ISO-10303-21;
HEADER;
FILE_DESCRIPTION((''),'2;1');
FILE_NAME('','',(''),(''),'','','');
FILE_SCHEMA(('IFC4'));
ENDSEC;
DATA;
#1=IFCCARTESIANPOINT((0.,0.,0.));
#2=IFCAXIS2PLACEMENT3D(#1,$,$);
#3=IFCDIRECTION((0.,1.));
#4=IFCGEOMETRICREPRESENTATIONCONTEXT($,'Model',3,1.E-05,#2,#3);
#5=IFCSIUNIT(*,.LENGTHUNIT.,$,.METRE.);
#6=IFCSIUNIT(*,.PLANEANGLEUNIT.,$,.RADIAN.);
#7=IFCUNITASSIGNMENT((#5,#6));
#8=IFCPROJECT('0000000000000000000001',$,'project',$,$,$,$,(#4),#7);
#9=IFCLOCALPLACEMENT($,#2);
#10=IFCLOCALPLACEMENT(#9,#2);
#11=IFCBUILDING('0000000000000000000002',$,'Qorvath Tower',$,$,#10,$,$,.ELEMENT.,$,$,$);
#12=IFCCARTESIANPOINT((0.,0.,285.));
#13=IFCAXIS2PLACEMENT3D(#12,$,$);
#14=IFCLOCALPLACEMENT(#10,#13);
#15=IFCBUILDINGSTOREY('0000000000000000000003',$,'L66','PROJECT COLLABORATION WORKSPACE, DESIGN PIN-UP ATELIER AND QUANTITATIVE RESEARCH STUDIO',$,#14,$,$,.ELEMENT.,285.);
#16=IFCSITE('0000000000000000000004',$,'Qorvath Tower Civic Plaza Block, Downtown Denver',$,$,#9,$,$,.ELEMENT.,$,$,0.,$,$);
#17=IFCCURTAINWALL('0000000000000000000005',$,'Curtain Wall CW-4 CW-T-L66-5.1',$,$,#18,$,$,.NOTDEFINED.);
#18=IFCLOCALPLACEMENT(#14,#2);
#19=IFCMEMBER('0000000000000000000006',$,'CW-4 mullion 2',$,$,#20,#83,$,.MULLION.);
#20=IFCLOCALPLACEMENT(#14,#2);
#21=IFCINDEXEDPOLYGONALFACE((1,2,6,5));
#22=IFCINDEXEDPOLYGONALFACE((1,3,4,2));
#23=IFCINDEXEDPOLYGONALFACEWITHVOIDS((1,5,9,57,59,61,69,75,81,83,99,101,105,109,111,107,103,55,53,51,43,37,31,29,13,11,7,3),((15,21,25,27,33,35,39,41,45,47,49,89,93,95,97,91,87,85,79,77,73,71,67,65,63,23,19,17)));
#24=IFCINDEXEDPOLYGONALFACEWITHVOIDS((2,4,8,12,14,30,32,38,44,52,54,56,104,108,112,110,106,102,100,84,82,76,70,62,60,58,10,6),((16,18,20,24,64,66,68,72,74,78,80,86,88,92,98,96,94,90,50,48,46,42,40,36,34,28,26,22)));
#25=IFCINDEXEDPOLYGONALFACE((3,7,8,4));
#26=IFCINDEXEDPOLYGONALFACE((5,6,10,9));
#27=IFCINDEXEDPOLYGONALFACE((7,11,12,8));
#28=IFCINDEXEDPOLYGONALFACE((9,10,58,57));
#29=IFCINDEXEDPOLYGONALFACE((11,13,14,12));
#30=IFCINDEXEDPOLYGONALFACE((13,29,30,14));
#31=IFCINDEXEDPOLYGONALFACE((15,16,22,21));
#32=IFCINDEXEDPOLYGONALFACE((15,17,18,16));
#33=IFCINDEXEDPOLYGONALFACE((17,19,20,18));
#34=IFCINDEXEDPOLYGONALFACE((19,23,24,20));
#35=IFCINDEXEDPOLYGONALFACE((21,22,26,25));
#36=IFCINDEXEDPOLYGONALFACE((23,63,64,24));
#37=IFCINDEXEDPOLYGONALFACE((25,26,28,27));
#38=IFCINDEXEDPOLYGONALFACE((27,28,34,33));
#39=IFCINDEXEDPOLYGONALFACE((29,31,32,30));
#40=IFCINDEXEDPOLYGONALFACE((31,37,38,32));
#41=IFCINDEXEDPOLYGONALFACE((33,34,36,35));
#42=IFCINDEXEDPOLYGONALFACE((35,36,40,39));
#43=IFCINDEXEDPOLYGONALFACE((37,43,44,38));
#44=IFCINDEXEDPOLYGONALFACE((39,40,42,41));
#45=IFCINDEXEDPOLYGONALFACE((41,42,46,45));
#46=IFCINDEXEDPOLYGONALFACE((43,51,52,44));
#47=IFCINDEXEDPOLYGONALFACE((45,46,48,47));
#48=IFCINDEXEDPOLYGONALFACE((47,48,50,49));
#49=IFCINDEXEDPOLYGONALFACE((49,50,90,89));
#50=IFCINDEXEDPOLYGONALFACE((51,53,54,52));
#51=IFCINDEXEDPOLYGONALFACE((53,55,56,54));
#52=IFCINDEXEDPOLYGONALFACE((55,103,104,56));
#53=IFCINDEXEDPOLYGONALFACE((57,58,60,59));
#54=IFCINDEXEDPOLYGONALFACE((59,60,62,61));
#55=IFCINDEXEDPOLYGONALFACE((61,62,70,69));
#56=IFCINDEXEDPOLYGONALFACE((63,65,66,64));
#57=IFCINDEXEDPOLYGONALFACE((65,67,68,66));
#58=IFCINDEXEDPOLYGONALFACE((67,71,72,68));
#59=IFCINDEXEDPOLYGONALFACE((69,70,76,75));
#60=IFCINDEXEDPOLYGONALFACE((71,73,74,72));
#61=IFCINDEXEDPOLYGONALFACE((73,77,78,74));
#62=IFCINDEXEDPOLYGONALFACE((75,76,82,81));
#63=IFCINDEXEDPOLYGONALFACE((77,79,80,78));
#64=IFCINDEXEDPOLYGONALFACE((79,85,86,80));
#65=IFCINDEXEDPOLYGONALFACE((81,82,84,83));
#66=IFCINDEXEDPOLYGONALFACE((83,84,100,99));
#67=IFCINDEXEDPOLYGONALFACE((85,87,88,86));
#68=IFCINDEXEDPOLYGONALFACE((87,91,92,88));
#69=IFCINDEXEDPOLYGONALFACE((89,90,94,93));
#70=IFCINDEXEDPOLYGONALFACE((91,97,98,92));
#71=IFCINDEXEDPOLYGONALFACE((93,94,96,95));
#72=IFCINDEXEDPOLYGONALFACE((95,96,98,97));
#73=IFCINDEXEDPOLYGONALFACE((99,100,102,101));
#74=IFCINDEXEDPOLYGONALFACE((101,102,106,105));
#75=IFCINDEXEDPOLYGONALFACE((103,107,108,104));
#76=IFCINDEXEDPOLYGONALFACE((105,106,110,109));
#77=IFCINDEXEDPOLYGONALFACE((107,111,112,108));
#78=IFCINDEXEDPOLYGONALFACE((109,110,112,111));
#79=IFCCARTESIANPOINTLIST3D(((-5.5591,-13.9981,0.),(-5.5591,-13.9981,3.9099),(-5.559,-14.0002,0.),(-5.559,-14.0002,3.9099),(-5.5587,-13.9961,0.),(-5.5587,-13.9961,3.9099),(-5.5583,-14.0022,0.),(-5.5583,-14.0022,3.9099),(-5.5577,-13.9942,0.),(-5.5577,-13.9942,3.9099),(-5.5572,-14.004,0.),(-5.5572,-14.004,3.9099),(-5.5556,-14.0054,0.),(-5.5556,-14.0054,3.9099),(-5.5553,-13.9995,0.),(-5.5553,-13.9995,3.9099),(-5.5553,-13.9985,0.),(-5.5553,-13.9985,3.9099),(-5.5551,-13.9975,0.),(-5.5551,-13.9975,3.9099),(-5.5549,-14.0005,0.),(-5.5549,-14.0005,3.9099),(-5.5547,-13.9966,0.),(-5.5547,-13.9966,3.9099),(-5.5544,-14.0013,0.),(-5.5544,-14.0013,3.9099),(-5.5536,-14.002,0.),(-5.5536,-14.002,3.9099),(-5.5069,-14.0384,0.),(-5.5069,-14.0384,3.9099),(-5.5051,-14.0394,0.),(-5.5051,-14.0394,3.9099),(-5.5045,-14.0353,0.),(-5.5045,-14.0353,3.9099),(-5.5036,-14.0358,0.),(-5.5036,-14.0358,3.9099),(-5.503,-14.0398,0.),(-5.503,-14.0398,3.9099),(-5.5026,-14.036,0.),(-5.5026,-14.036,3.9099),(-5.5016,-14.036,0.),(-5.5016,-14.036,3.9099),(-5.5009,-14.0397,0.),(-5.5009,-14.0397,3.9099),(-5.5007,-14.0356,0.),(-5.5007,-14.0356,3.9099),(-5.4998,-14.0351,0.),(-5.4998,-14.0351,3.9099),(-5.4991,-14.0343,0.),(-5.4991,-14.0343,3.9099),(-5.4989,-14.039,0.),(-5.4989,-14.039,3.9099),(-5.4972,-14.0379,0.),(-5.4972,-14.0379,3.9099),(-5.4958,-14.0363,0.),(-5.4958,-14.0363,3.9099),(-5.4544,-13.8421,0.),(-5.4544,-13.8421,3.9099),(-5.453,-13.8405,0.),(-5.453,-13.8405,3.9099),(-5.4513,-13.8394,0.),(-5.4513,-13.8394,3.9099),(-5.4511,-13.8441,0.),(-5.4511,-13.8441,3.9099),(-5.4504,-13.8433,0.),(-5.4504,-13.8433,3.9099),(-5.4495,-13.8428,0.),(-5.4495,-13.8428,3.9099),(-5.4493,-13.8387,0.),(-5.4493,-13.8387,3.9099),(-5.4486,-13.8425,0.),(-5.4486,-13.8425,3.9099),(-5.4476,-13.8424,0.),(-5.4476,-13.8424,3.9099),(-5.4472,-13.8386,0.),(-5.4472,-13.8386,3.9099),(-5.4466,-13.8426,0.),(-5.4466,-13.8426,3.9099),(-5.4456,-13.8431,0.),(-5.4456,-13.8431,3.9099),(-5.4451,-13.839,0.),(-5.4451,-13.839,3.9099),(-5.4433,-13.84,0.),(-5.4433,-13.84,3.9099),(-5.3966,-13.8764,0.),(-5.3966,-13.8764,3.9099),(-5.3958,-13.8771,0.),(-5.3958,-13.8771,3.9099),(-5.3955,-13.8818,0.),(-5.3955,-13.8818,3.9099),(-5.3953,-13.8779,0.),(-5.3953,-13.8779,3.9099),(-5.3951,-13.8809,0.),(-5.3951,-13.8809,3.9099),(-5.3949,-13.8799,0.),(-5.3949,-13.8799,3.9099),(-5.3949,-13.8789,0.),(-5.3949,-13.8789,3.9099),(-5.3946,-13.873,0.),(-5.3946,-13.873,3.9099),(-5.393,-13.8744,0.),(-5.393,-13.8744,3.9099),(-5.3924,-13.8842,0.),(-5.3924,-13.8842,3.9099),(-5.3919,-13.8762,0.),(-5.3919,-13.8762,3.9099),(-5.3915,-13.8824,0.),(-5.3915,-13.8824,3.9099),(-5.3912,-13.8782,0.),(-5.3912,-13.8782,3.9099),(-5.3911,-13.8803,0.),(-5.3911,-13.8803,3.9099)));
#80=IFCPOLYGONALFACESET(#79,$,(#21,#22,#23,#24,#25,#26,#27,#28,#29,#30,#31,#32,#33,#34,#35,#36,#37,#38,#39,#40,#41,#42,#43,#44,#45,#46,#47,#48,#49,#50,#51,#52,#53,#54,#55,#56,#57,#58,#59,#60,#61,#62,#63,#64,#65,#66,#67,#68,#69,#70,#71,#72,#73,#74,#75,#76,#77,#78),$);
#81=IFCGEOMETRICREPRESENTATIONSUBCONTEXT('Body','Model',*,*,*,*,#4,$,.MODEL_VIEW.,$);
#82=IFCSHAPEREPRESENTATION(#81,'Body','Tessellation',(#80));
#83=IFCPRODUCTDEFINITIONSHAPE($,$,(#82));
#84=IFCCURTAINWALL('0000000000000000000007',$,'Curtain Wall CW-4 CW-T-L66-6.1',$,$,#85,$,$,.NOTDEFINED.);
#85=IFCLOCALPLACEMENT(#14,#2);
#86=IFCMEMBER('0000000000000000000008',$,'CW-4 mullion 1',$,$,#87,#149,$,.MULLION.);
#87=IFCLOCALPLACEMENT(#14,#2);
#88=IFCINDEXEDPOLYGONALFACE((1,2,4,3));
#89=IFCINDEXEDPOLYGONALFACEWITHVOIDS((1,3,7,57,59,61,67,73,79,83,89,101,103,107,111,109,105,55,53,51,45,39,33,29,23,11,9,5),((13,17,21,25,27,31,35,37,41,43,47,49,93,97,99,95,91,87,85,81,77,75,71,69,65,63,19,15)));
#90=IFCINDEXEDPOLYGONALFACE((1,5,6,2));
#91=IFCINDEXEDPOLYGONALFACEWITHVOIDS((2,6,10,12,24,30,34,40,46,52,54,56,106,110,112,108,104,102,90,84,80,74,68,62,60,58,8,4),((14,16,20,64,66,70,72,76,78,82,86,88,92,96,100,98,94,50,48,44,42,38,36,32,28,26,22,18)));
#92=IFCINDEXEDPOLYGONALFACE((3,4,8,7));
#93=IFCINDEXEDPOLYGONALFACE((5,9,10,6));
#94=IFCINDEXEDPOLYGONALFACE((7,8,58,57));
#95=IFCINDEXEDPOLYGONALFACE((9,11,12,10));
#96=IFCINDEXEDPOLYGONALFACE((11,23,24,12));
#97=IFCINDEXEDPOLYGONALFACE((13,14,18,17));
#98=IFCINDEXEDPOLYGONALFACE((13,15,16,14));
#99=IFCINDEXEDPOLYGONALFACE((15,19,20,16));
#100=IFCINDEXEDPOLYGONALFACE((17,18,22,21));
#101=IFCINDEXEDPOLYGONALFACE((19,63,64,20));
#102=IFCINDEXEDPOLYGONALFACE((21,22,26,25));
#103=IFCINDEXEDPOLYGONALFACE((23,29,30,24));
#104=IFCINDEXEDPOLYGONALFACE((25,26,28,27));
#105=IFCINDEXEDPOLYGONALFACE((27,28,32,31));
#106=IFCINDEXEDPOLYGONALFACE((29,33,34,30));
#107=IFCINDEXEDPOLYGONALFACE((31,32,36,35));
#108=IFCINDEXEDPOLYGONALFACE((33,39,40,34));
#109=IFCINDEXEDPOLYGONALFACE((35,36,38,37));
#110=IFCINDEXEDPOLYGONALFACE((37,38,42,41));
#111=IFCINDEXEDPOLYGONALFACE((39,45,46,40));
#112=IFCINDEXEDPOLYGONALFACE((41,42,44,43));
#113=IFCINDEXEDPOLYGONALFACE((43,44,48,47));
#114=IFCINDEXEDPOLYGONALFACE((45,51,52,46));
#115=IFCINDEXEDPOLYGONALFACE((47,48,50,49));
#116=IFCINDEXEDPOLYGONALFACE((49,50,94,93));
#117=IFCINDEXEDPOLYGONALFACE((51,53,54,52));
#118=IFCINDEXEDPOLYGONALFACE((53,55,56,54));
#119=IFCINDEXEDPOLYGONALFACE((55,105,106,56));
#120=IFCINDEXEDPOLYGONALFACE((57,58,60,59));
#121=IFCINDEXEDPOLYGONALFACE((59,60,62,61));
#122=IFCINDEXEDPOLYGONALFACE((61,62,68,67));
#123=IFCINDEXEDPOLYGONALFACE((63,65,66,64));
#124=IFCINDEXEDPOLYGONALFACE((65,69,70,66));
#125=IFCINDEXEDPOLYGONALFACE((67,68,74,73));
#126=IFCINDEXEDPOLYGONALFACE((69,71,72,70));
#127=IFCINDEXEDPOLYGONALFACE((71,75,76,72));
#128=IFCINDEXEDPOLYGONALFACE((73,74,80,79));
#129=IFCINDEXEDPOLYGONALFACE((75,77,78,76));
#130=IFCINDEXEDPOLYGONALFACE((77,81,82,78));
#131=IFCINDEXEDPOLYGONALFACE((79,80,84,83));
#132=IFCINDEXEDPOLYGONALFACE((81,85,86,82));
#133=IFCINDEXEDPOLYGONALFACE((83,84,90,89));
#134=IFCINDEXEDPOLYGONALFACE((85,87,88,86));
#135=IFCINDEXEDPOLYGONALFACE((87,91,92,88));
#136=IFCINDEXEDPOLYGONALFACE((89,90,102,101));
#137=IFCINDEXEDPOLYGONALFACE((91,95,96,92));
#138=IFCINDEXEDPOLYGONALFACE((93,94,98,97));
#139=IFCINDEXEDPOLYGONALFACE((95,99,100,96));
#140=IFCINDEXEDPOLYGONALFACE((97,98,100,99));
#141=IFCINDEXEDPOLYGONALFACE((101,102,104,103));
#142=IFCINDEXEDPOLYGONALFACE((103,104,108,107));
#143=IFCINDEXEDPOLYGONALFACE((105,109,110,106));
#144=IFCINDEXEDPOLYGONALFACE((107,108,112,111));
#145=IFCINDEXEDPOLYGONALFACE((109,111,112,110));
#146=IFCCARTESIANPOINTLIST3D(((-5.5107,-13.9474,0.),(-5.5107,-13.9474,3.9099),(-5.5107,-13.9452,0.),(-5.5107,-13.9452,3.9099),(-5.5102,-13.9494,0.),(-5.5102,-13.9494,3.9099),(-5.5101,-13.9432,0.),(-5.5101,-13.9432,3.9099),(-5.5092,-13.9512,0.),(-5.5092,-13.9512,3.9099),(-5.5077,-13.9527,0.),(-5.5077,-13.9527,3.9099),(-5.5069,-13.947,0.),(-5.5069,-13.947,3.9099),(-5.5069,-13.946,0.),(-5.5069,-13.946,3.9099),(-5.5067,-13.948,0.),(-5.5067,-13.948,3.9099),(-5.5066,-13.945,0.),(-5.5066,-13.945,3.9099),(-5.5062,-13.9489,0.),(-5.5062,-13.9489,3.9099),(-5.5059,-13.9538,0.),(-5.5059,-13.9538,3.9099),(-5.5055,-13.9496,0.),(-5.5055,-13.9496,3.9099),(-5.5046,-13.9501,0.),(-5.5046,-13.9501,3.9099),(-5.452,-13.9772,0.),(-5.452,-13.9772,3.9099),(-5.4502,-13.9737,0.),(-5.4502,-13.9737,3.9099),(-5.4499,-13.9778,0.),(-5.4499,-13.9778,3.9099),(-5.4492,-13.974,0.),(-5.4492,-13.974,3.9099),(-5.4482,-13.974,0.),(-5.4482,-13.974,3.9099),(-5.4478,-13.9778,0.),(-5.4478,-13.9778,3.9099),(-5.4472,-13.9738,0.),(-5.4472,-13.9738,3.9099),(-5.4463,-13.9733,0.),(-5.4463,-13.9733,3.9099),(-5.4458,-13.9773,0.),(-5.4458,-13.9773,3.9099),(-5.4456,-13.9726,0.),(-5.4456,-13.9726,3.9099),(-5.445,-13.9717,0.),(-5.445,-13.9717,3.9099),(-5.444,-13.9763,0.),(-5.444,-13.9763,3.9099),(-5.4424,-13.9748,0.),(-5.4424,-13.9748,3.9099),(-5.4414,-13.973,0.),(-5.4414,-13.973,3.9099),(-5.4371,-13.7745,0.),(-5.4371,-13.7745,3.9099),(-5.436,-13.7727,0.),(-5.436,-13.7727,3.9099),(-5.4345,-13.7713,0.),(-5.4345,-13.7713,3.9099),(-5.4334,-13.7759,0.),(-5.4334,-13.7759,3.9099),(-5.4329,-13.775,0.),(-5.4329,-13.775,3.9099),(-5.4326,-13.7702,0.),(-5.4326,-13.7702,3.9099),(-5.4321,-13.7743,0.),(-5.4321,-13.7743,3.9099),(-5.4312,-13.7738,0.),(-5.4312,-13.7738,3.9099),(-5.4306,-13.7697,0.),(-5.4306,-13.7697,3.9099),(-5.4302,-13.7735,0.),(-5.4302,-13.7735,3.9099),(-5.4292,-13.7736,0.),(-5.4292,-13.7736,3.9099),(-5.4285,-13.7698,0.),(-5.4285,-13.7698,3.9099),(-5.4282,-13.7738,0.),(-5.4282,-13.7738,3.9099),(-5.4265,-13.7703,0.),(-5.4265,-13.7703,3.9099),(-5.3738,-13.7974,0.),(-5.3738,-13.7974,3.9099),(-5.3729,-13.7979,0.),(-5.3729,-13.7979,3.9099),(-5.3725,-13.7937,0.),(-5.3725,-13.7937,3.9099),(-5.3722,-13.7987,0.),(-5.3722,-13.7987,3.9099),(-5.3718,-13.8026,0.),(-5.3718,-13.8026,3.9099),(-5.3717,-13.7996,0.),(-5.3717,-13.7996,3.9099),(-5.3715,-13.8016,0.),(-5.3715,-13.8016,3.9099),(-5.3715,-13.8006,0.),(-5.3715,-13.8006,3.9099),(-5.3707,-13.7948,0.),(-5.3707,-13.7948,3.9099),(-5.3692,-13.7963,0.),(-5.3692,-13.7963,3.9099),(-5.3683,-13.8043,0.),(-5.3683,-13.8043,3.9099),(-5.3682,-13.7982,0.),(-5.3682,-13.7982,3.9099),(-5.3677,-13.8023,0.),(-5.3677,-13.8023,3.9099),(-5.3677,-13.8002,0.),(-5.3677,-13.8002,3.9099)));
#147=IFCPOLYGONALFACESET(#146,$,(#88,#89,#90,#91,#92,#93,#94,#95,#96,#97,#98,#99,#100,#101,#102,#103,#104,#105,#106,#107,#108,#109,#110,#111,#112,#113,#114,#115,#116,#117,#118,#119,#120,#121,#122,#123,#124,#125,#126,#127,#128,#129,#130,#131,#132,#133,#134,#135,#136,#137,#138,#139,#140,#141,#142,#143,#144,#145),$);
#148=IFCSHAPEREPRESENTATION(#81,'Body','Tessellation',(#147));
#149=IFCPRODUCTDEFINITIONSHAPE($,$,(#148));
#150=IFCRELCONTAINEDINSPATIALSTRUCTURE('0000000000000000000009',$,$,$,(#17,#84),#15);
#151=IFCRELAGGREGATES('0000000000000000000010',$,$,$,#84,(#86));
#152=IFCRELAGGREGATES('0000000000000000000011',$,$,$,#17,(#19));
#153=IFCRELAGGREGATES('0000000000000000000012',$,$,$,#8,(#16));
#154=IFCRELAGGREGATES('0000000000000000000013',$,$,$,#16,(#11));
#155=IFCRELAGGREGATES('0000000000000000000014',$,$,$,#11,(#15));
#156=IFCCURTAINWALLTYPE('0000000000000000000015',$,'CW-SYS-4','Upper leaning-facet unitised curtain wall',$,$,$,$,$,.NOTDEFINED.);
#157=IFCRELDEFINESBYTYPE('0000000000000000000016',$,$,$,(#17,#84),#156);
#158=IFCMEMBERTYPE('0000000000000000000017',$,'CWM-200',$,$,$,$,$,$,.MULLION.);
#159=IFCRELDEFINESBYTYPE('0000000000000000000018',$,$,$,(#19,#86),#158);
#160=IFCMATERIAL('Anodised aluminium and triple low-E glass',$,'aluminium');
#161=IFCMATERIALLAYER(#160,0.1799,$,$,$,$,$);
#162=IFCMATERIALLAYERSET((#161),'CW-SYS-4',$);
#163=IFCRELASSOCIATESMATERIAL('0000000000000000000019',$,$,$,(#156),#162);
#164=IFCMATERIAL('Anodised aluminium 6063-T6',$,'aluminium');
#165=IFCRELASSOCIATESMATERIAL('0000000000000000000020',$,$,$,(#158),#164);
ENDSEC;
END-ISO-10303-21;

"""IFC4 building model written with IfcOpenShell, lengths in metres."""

from ifc_helpers import new_model, si_unit, direction, frame, origin, origin_2d, place, context, subcontext, project, spatial, hollow_rectangle, extrude, material, layer, layer_set, material_profile, profile_set, type_object, element, aggregate, save


model = new_model("IFC4")

# Units and contexts
model_context = context("Model", 3, precision=1e-05, world=origin(), true_north=direction((0.0, 1.0)))
body_context = subcontext(model_context, "Body", "Model", "MODEL_VIEW")
ifc_project = project(units=[si_unit("LENGTHUNIT", "METRE"), si_unit("PLANEANGLEUNIT", "RADIAN")], contexts=[model_context])

# Site, building, storey
site_placement = place(None, origin())
site = spatial("IfcSite", under=ifc_project, at=site_placement, Name="Qorvath Tower Civic Plaza Block, Downtown Denver", CompositionType="ELEMENT", RefElevation=0.0)
building_placement = place(site_placement, origin())
building = spatial("IfcBuilding", under=site, at=building_placement, Name="Qorvath Tower", CompositionType="ELEMENT")
storey_placement = place(building_placement, frame((0.0, 0.0, 285.0)))
storey = spatial("IfcBuildingStorey", under=building, at=storey_placement, Name="L66", Description="PROJECT COLLABORATION WORKSPACE, DESIGN PIN-UP ATELIER AND QUANTITATIVE RESEARCH STUDIO", CompositionType="ELEMENT", Elevation=285.0)

# Shared definitions
ifc_material_1 = material(Name="Anodised aluminium and triple low-E glass", Category="aluminium")
ifc_layer_1 = layer(ifc_material_1, 0.1799)
ifc_layer_set_1 = layer_set([ifc_layer_1], Name="CW-SYS-4")
curtain_wall_type = type_object("IfcCurtainWallType", Name="CW-SYS-4", Description="Upper leaning-facet unitised curtain wall", PredefinedType="NOTDEFINED", material=ifc_layer_set_1)
ifc_material_2 = material(Name="Anodised aluminium 6063-T6", Category="aluminium")
ifc_material_profile_1 = material_profile(ifc_material_2, hollow_rectangle(XDim=0.075, YDim=0.2, WallThickness=0.0039, InnerFilletRadius=0.0039, OuterFilletRadius=0.0081, at=origin_2d()), Name="CWM 200x75")
ifc_profile_set_1 = profile_set([ifc_material_profile_1], Name="Anodised aluminium 6063-T6")
member_type_1 = type_object("IfcMemberType", Name="CWM-200", PredefinedType="MULLION", material=ifc_profile_set_1)

# Curtain wall, member
curtain_wall_1_placement = place(storey_placement, origin())
curtain_wall_1 = element("IfcCurtainWall", 1, at=curtain_wall_1_placement, inside=storey, type_object=curtain_wall_type, Name="Curtain Wall CW-4 CW-T-L66-5.1", PredefinedType="NOTDEFINED")
member_1_placement = place(storey_placement, frame((-5.4751, -13.9392, 0.0), z_axis=(0.0, 0.0, 1.0), x_axis=(-0.827177, 0.561941, 0.0)))
member_1 = element("IfcMember", 2, at=member_1_placement, type_object=member_type_1, Name="CW-4 mullion 2", PredefinedType="MULLION", context=body_context, shape_type="SweptSolid", body=[
    extrude(hollow_rectangle(XDim=0.075, YDim=0.2, WallThickness=0.0039, InnerFilletRadius=0.0039, OuterFilletRadius=0.0081, at=origin_2d()), origin(), (0.0, 0.0, 1.0), 3.9099),
])

# Curtain wall, member
curtain_wall_2_placement = place(storey_placement, origin())
curtain_wall_2 = element("IfcCurtainWall", 3, at=curtain_wall_2_placement, inside=storey, type_object=curtain_wall_type, Name="Curtain Wall CW-4 CW-T-L66-6.1", PredefinedType="NOTDEFINED")
member_2_placement = place(storey_placement, frame((-5.4392, -13.8738, 0.0), z_axis=(0.0, 0.0, 1.0), x_axis=(-0.917598, 0.397509, 0.0)))
member_2 = element("IfcMember", 4, at=member_2_placement, type_object=member_type_1, Name="CW-4 mullion 1", PredefinedType="MULLION", context=body_context, shape_type="SweptSolid", body=[
    extrude(hollow_rectangle(XDim=0.075, YDim=0.2, WallThickness=0.0039, InnerFilletRadius=0.0039, OuterFilletRadius=0.0081, at=origin_2d()), origin(), (0.0, 0.0, 1.0), 3.9099),
])
aggregate(curtain_wall_2, [member_2])

aggregate(curtain_wall_1, [member_1])

save(model, "model.ifc")
